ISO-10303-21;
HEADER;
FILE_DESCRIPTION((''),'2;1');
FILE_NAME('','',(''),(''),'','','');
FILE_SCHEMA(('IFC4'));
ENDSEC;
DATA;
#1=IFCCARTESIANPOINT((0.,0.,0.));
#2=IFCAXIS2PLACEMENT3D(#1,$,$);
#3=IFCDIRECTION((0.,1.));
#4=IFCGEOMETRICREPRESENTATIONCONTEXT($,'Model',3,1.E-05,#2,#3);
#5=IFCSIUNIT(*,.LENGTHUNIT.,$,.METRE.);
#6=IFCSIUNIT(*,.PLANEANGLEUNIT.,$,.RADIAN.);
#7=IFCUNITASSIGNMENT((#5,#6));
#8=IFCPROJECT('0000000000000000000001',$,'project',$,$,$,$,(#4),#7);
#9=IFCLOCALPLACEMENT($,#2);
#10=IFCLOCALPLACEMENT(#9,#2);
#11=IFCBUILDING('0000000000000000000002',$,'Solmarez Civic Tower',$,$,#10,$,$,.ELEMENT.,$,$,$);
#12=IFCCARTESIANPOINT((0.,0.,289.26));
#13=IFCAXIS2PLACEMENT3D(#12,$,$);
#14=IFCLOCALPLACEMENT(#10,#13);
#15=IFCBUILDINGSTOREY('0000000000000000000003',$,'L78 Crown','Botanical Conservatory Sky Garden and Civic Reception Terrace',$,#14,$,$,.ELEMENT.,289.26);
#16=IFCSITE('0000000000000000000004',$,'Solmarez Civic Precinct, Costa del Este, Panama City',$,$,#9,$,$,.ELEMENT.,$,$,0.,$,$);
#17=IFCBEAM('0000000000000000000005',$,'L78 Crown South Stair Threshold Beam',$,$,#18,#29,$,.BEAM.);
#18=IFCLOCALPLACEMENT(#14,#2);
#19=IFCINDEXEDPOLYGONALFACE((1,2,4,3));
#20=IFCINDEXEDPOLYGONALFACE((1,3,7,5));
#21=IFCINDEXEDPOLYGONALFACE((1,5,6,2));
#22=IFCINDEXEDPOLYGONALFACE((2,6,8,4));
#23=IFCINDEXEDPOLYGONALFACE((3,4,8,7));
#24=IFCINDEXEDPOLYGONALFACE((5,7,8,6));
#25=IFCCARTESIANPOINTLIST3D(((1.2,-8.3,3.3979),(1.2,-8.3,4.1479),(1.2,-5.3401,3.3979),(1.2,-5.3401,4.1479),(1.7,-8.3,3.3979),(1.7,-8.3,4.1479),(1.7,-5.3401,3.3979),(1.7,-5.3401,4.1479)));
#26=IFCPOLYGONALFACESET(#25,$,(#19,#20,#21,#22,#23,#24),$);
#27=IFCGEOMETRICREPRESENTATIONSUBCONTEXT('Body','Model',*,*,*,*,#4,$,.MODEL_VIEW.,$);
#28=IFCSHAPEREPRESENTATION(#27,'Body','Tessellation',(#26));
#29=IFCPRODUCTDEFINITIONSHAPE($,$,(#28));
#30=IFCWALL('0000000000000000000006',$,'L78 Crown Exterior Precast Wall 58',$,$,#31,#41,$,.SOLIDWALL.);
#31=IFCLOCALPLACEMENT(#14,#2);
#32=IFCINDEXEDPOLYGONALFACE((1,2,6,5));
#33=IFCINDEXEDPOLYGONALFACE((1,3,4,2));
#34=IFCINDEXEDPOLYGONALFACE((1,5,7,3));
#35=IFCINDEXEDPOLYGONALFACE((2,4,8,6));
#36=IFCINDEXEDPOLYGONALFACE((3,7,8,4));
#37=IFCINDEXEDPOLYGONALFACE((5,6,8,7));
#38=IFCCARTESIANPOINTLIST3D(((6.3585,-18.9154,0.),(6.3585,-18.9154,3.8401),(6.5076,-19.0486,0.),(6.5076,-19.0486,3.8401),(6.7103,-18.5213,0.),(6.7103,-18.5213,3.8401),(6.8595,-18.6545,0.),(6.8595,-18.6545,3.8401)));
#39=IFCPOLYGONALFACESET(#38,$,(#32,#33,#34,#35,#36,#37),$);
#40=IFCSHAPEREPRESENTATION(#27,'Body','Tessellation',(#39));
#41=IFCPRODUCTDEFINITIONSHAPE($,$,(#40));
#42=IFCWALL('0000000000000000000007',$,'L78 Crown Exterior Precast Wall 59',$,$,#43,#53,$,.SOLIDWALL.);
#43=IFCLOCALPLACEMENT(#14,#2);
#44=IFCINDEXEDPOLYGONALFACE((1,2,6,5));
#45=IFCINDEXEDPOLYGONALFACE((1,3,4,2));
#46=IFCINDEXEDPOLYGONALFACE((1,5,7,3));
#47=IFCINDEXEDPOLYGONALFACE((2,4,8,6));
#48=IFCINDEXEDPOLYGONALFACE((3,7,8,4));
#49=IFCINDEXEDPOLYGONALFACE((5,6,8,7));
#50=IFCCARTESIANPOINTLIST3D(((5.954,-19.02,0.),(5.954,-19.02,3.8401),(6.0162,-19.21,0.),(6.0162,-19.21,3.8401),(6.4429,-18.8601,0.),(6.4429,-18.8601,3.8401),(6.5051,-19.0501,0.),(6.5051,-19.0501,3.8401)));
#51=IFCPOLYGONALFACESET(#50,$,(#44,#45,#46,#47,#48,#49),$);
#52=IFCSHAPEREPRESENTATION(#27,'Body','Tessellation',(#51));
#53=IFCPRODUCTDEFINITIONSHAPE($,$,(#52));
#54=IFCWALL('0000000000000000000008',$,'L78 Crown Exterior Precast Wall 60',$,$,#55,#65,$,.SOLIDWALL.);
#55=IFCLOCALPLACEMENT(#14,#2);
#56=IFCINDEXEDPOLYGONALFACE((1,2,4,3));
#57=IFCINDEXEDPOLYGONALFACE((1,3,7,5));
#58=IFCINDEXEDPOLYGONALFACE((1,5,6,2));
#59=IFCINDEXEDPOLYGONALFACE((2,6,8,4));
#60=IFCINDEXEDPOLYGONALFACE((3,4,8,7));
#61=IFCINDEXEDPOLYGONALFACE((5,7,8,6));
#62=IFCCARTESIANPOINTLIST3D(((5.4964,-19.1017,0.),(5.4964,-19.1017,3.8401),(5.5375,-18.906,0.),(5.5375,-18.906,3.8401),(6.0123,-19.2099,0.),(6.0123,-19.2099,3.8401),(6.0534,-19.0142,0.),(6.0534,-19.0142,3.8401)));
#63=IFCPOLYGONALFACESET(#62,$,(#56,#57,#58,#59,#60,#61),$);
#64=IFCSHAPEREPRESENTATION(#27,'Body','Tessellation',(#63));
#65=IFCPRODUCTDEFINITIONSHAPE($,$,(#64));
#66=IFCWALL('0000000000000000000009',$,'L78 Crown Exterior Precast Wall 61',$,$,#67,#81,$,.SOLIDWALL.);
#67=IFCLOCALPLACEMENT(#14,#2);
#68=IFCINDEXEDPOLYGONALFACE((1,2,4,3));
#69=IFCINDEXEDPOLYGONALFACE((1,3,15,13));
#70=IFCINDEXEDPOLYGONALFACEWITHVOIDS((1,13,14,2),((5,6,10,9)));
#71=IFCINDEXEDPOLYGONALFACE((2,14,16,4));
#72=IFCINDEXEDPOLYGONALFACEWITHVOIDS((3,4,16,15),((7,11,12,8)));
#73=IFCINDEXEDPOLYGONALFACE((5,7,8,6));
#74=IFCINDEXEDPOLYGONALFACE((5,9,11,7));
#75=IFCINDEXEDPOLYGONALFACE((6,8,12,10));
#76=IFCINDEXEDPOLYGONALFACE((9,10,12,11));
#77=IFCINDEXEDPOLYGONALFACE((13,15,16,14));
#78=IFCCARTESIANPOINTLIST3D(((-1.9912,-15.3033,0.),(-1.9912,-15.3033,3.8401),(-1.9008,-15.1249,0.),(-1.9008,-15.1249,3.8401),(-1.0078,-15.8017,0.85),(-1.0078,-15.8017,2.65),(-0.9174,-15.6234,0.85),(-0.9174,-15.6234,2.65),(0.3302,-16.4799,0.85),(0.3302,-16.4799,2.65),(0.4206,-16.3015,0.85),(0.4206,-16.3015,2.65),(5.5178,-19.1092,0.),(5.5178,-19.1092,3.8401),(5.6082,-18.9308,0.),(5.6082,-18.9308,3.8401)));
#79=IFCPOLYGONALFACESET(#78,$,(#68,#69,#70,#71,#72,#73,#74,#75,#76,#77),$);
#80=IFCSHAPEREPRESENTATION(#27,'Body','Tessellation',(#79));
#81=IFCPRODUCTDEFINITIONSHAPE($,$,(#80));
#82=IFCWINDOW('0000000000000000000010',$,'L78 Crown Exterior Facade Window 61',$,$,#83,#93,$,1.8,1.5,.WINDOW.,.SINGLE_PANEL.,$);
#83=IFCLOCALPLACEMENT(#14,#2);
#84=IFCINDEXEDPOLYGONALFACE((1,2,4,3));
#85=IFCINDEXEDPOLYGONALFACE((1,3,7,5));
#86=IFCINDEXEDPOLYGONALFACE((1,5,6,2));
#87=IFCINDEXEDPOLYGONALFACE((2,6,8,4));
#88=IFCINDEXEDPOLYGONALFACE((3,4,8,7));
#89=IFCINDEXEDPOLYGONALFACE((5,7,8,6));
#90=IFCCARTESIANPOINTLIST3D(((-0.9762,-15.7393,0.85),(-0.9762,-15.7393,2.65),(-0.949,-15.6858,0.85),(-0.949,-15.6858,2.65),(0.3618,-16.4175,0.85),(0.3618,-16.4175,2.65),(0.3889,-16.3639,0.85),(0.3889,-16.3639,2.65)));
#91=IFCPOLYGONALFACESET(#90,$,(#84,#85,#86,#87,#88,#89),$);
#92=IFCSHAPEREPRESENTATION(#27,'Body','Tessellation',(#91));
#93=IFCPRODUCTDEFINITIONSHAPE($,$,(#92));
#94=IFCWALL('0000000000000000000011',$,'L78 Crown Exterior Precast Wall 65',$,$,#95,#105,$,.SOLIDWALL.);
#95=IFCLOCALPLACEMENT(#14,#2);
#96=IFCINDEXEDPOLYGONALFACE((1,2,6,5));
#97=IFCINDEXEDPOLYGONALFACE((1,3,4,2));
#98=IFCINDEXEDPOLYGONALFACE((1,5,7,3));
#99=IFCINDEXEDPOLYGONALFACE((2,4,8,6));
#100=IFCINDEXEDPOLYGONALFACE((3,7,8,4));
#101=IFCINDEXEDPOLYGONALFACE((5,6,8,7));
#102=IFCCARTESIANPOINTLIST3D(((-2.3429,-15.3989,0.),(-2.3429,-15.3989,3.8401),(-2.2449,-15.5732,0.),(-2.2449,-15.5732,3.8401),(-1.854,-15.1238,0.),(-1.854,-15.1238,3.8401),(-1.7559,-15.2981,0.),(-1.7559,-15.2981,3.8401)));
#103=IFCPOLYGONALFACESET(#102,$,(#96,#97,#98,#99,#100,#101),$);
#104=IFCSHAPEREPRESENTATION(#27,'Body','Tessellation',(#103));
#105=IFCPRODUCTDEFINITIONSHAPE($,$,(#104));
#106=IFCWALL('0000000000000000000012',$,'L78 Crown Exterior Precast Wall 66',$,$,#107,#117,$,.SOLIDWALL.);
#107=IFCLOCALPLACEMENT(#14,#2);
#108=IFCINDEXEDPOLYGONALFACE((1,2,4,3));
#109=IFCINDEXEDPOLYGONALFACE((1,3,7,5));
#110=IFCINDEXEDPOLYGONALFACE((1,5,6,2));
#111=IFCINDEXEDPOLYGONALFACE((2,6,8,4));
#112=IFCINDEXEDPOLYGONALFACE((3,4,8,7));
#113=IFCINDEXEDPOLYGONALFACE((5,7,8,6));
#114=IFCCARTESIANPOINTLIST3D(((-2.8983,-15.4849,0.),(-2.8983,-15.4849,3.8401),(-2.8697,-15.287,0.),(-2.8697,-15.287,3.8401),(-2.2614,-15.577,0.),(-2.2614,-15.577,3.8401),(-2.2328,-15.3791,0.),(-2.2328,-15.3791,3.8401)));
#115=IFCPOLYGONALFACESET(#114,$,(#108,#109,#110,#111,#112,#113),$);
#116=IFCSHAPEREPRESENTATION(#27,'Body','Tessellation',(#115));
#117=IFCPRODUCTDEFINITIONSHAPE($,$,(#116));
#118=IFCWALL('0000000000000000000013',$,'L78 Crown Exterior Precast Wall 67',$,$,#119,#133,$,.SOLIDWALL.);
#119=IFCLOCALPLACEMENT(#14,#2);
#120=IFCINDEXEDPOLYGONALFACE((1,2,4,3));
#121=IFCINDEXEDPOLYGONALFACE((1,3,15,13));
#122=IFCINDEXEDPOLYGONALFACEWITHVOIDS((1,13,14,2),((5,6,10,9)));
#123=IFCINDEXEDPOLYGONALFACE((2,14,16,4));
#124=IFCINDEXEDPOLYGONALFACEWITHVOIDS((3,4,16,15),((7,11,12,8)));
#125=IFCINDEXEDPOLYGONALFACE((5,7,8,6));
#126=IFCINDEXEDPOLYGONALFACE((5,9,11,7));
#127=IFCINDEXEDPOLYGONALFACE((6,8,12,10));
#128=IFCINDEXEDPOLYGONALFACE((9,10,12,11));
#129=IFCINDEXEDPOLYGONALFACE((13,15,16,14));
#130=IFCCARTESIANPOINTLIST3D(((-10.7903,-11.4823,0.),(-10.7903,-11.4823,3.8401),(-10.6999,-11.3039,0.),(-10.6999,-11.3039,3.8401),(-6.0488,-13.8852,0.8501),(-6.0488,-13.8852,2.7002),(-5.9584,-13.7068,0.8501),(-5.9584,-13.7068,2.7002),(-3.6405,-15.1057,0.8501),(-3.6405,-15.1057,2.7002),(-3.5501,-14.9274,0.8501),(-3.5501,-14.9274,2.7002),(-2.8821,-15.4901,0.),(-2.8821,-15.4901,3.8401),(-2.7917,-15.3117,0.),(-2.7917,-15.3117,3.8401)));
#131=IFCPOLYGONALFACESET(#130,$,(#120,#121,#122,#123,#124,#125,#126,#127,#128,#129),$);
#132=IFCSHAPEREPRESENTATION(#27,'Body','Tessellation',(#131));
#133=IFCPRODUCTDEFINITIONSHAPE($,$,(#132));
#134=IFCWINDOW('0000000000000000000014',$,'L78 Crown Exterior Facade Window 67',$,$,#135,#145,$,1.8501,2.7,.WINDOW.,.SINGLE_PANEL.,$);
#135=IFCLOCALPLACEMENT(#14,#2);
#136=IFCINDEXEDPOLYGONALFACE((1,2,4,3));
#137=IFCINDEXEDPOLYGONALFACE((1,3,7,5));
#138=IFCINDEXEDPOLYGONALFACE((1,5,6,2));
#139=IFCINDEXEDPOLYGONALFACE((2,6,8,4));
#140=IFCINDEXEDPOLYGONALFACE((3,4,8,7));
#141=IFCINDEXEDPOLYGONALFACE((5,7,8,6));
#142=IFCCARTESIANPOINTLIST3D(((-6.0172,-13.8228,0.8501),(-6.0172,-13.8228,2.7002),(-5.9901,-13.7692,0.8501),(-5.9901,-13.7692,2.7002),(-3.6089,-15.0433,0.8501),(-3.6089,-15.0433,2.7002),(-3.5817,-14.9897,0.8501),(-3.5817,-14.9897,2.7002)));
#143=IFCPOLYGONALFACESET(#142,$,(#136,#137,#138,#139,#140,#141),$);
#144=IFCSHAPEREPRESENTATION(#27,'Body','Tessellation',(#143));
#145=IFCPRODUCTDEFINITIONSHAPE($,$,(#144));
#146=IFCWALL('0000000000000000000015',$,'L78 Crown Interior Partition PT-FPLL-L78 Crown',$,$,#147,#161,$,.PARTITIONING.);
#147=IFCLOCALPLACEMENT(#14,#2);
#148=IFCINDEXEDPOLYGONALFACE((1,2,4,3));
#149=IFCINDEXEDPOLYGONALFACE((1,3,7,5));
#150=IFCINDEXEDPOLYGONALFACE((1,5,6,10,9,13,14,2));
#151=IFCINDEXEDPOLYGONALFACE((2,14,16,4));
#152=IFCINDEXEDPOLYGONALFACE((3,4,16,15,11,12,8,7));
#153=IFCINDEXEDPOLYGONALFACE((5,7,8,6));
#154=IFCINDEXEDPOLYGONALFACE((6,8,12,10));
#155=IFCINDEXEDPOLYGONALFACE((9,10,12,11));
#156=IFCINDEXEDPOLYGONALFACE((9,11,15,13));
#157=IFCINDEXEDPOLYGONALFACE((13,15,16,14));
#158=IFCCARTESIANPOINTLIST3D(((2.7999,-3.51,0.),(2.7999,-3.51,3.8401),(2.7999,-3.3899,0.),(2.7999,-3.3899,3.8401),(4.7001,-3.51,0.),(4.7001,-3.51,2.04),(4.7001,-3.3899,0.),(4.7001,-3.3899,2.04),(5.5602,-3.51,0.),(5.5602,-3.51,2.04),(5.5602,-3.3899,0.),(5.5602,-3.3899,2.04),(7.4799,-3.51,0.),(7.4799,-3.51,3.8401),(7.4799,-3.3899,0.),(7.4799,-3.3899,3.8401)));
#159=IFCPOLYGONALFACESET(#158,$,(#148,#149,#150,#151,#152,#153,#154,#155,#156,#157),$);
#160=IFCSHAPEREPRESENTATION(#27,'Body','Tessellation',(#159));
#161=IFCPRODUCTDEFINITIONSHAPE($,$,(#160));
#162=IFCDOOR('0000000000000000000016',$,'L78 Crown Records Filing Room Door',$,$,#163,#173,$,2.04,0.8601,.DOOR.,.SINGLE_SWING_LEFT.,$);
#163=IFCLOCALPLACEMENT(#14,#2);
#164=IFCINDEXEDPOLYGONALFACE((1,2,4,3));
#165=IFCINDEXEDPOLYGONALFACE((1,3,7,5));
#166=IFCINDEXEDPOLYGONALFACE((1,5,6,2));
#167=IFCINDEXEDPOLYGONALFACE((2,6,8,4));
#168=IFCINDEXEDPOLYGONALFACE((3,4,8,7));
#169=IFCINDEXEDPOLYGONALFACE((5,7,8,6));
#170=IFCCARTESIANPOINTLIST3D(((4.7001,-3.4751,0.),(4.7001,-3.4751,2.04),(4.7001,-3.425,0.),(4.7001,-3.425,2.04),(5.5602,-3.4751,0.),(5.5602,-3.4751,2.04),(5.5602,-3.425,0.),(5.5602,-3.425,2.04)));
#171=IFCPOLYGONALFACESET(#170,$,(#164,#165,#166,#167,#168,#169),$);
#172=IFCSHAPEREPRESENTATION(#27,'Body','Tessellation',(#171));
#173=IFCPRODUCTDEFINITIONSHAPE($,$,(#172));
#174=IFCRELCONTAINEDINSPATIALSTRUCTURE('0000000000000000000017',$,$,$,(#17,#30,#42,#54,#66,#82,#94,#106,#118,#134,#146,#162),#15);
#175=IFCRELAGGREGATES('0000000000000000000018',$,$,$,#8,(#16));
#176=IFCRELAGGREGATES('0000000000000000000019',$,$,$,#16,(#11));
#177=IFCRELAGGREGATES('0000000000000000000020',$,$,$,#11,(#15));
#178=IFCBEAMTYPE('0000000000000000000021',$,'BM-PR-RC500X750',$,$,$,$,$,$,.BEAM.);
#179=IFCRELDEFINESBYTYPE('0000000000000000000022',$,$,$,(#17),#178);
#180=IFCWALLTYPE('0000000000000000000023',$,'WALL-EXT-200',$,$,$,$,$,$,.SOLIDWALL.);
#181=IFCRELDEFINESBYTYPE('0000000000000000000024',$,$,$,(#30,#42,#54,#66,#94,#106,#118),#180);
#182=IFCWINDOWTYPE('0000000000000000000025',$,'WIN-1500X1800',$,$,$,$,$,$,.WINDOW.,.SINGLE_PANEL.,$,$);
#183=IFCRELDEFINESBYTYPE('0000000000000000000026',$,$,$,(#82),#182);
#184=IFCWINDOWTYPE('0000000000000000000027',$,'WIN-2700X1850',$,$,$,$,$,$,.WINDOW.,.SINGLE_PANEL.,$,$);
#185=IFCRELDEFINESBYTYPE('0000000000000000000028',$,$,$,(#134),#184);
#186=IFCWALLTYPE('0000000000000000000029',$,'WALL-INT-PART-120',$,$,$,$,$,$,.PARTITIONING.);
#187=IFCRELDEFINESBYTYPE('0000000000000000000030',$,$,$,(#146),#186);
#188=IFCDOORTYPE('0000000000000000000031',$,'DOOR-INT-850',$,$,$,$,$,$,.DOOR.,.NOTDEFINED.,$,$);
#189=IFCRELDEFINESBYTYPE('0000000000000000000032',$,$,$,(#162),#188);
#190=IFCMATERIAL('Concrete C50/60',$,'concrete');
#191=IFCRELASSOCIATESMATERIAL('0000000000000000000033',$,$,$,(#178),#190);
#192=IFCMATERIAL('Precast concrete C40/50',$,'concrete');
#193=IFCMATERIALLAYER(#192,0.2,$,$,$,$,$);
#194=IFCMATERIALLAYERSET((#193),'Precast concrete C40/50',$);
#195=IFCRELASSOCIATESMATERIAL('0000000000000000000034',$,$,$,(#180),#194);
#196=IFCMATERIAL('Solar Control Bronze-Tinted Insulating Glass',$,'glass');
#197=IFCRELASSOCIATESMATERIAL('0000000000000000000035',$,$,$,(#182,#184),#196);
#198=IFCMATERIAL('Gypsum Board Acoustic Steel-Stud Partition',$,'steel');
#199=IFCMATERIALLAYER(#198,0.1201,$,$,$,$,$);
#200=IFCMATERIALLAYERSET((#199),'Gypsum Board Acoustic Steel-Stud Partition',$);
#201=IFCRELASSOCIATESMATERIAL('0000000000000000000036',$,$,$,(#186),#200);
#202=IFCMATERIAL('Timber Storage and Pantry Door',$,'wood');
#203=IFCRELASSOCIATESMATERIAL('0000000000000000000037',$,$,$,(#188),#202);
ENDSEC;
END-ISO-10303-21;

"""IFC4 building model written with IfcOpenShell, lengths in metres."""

from ifc_helpers import new_model, si_unit, direction, frame, frame_2d, origin, origin_2d, place, context, subcontext, project, spatial, rectangle, extrude, material, layer, layer_set, material_profile, profile_set, type_object, element, fill, save


model = new_model("IFC4")

# Units and contexts
model_context = context("Model", 3, precision=1e-05, world=origin(), true_north=direction((0.0, 1.0)))
body_context = subcontext(model_context, "Body", "Model", "MODEL_VIEW")
ifc_project = project(units=[si_unit("LENGTHUNIT", "METRE"), si_unit("PLANEANGLEUNIT", "RADIAN")], contexts=[model_context])

# Site, building, storey
site_placement = place(None, origin())
site = spatial("IfcSite", under=ifc_project, at=site_placement, Name="Solmarez Civic Precinct, Costa del Este, Panama City", CompositionType="ELEMENT", RefElevation=0.0)
building_placement = place(site_placement, origin())
building = spatial("IfcBuilding", under=site, at=building_placement, Name="Solmarez Civic Tower", CompositionType="ELEMENT")
storey_placement = place(building_placement, frame((0.0, 0.0, 289.26)))
storey = spatial("IfcBuildingStorey", under=building, at=storey_placement, Name="L78 Crown", Description="Botanical Conservatory Sky Garden and Civic Reception Terrace", CompositionType="ELEMENT", Elevation=289.26)

# Beam
ifc_material_1 = material(Name="Concrete C50/60", Category="concrete")
ifc_material_profile = material_profile(ifc_material_1, rectangle(XDim=0.5, YDim=0.75, at=origin_2d()), Name="RC500X750")
ifc_profile_set = profile_set([ifc_material_profile], Name="Concrete C50/60")
beam_type = type_object("IfcBeamType", Name="BM-PR-RC500X750", PredefinedType="BEAM", material=ifc_profile_set)
beam_placement = place(storey_placement, frame((1.45, -8.3, 3.7729), z_axis=(0.0, 1.0, 0.0), x_axis=(-1.0, 0.0, 0.0)))
element("IfcBeam", 1, at=beam_placement, inside=storey, type_object=beam_type, Name="L78 Crown South Stair Threshold Beam", PredefinedType="BEAM", context=body_context, shape_type="SweptSolid", body=[
    extrude(rectangle(XDim=0.5, YDim=0.75, at=origin_2d()), origin(), (0.0, 0.0, 1.0), 2.96),
])

# Walls
ifc_material_2 = material(Name="Precast concrete C40/50", Category="concrete")
ifc_layer_1 = layer(ifc_material_2, 0.2)
ifc_layer_set_1 = layer_set([ifc_layer_1], Name="Precast concrete C40/50")
wall_type_1 = type_object("IfcWallType", Name="WALL-EXT-200", PredefinedType="SOLIDWALL", material=ifc_layer_set_1)
wall_1_placement = place(storey_placement, frame((6.7849, -18.5879, 0.0), z_axis=(0.0, 0.0, 1.0), x_axis=(-0.665997, -0.745954, 0.0)))
element("IfcWall", 2, at=wall_1_placement, inside=storey, type_object=wall_type_1, Name="L78 Crown Exterior Precast Wall 58", PredefinedType="SOLIDWALL", context=body_context, shape_type="SweptSolid", body=[
    extrude(rectangle(XDim=0.5283, YDim=0.2, at=frame_2d((0.2642, 0.0))), origin(), (0.0, 0.0, 1.0), 3.8401),
])
wall_2_placement = place(storey_placement, frame((6.4741, -18.9551, 0.0), z_axis=(0.0, 0.0, 1.0), x_axis=(-0.950471, -0.310813, 0.0)))
element("IfcWall", 3, at=wall_2_placement, inside=storey, type_object=wall_type_1, Name="L78 Crown Exterior Precast Wall 59", PredefinedType="SOLIDWALL", context=body_context, shape_type="SweptSolid", body=[
    extrude(rectangle(XDim=0.5144, YDim=0.2, at=frame_2d((0.2573, 0.0))), origin(), (0.0, 0.0, 1.0), 3.8401),
])
wall_3_placement = place(storey_placement, frame((6.033, -19.1121, 0.0), z_axis=(0.0, 0.0, 1.0), x_axis=(-0.978721, 0.205193, 0.0)))
element("IfcWall", 4, at=wall_3_placement, inside=storey, type_object=wall_type_1, Name="L78 Crown Exterior Precast Wall 60", PredefinedType="SOLIDWALL", context=body_context, shape_type="SweptSolid", body=[
    extrude(rectangle(XDim=0.5271, YDim=0.2, at=frame_2d((0.2637, 0.0))), origin(), (0.0, 0.0, 1.0), 3.8401),
])

# Wall, opening, window
wall_4_placement = place(storey_placement, frame((5.563, -19.02, 0.0), z_axis=(0.0, 0.0, 1.0), x_axis=(-0.891972, 0.452091, 0.0)))
wall_4 = element("IfcWall", 5, at=wall_4_placement, inside=storey, type_object=wall_type_1, Name="L78 Crown Exterior Precast Wall 61", PredefinedType="SOLIDWALL", context=body_context, shape_type="SweptSolid", body=[
    extrude(rectangle(XDim=8.4185, YDim=0.2, at=frame_2d((4.2092, 0.0))), origin(), (0.0, 0.0, 1.0), 3.8401),
])
opening_1_placement = place(wall_4_placement, frame((5.8159, 0.0, 0.8501)))
opening_1 = element("IfcOpeningElement", 6, at=opening_1_placement, cuts=wall_4, PredefinedType="OPENING", context=body_context, shape_type="SweptSolid", body=[
    extrude(rectangle(XDim=1.5, YDim=1.8, at=frame_2d((0.75, 0.8999))), frame((0.0, 0.1099, 0.0), z_axis=(0.0, -1.0, 0.0), x_axis=(1.0, 0.0, 0.0)), (0.0, 0.0, 1.0), 0.22),
])
ifc_material_3 = material(Name="Solar Control Bronze-Tinted Insulating Glass", Category="glass")
window_type_1 = type_object("IfcWindowType", Name="WIN-1500X1800", PartitioningType="SINGLE_PANEL", PredefinedType="WINDOW", material=ifc_material_3)
window_1_placement = place(opening_1_placement, origin())
window_1 = element("IfcWindow", 7, at=window_1_placement, inside=storey, type_object=window_type_1, Name="L78 Crown Exterior Facade Window 61", OverallHeight=1.8, OverallWidth=1.5, PartitioningType="SINGLE_PANEL", PredefinedType="WINDOW", context=body_context, shape_type="SweptSolid", body=[
    extrude(rectangle(XDim=1.5, YDim=1.8, at=frame_2d((0.75, 0.8999))), frame((0.0, 0.03, 0.0), z_axis=(0.0, -1.0, 0.0), x_axis=(1.0, 0.0, 0.0)), (0.0, 0.0, 1.0), 0.0601),
])
fill(opening_1, window_1)

# Walls
wall_5_placement = place(storey_placement, frame((-1.8049, -15.2109, 0.0), z_axis=(0.0, 0.0, 1.0), x_axis=(-0.871517, -0.490365, 0.0)))
element("IfcWall", 8, at=wall_5_placement, inside=storey, type_object=wall_type_1, Name="L78 Crown Exterior Precast Wall 65", PredefinedType="SOLIDWALL", context=body_context, shape_type="SweptSolid", body=[
    extrude(rectangle(XDim=0.561, YDim=0.2, at=frame_2d((0.2805, 0.0))), origin(), (0.0, 0.0, 1.0), 3.8401),
])
wall_6_placement = place(storey_placement, frame((-2.2471, -15.478, 0.0), z_axis=(0.0, 0.0, 1.0), x_axis=(-0.989721, 0.143014, 0.0)))
element("IfcWall", 9, at=wall_6_placement, inside=storey, type_object=wall_type_1, Name="L78 Crown Exterior Precast Wall 66", PredefinedType="SOLIDWALL", context=body_context, shape_type="SweptSolid", body=[
    extrude(rectangle(XDim=0.6436, YDim=0.2, at=frame_2d((0.3218, 0.0))), origin(), (0.0, 0.0, 1.0), 3.8401),
])

# Wall, opening, window
wall_7_placement = place(storey_placement, frame((-2.8369, -15.4009, 0.0), z_axis=(0.0, 0.0, 1.0), x_axis=(-0.891991, 0.452054, 0.0)))
wall_7 = element("IfcWall", 10, at=wall_7_placement, inside=storey, type_object=wall_type_1, Name="L78 Crown Exterior Precast Wall 67", PredefinedType="SOLIDWALL", context=body_context, shape_type="SweptSolid", body=[
    extrude(rectangle(XDim=8.8657, YDim=0.2, at=frame_2d((4.4329, 0.0))), origin(), (0.0, 0.0, 1.0), 3.8401),
])
opening_2_placement = place(wall_7_placement, frame((0.8501, 0.0, 0.8501)))
opening_2 = element("IfcOpeningElement", 11, at=opening_2_placement, cuts=wall_7, PredefinedType="OPENING", context=body_context, shape_type="SweptSolid", body=[
    extrude(rectangle(XDim=2.7, YDim=1.8501, at=frame_2d((1.3501, 0.925))), frame((0.0, 0.1099, 0.0), z_axis=(0.0, -1.0, 0.0), x_axis=(1.0, 0.0, 0.0)), (0.0, 0.0, 1.0), 0.22),
])
window_type_2 = type_object("IfcWindowType", Name="WIN-2700X1850", PartitioningType="SINGLE_PANEL", PredefinedType="WINDOW", material=ifc_material_3)
window_2_placement = place(opening_2_placement, origin())
window_2 = element("IfcWindow", 12, at=window_2_placement, inside=storey, type_object=window_type_2, Name="L78 Crown Exterior Facade Window 67", OverallHeight=1.8501, OverallWidth=2.7, PartitioningType="SINGLE_PANEL", PredefinedType="WINDOW", context=body_context, shape_type="SweptSolid", body=[
    extrude(rectangle(XDim=2.7, YDim=1.8501, at=frame_2d((1.3501, 0.925))), frame((0.0, 0.03, 0.0), z_axis=(0.0, -1.0, 0.0), x_axis=(1.0, 0.0, 0.0)), (0.0, 0.0, 1.0), 0.0601),
])
fill(opening_2, window_2)

# Wall, opening, door
ifc_material_4 = material(Name="Gypsum Board Acoustic Steel-Stud Partition", Category="steel")
ifc_layer_2 = layer(ifc_material_4, 0.1201)
ifc_layer_set_2 = layer_set([ifc_layer_2], Name="Gypsum Board Acoustic Steel-Stud Partition")
wall_type_2 = type_object("IfcWallType", Name="WALL-INT-PART-120", PredefinedType="PARTITIONING", material=ifc_layer_set_2)
wall_8_placement = place(storey_placement, frame((2.8, -3.45, 0.0), z_axis=(0.0, 0.0, 1.0), x_axis=(1.0, 0.0, 0.0)))
wall_8 = element("IfcWall", 13, at=wall_8_placement, inside=storey, type_object=wall_type_2, Name="L78 Crown Interior Partition PT-FPLL-L78 Crown", PredefinedType="PARTITIONING", context=body_context, shape_type="SweptSolid", body=[
    extrude(rectangle(XDim=4.6799, YDim=0.1201, at=frame_2d((2.3398, 0.0))), origin(), (0.0, 0.0, 1.0), 3.8401),
])
opening_3_placement = place(wall_8_placement, frame((1.8999, 0.0, 0.0)))
opening_3 = element("IfcOpeningElement", 14, at=opening_3_placement, cuts=wall_8, PredefinedType="OPENING", context=body_context, shape_type="SweptSolid", body=[
    extrude(rectangle(XDim=0.8601, YDim=2.04, at=frame_2d((0.4302, 1.02))), frame((0.0, 0.0701, 0.0), z_axis=(0.0, -1.0, 0.0), x_axis=(1.0, 0.0, 0.0)), (0.0, 0.0, 1.0), 0.1401),
])
ifc_material_5 = material(Name="Timber Storage and Pantry Door", Category="wood")
door_type = type_object("IfcDoorType", Name="DOOR-INT-850", OperationType="NOTDEFINED", PredefinedType="DOOR", material=ifc_material_5)
door_placement = place(opening_3_placement, origin())
door = element("IfcDoor", 15, at=door_placement, inside=storey, type_object=door_type, Name="L78 Crown Records Filing Room Door", OperationType="SINGLE_SWING_LEFT", OverallHeight=2.04, OverallWidth=0.8601, PredefinedType="DOOR", context=body_context, shape_type="SweptSolid", body=[
    extrude(rectangle(XDim=0.8601, YDim=2.04, at=frame_2d((0.4302, 1.02))), frame((0.0, 0.0249, 0.0), z_axis=(0.0, -1.0, 0.0), x_axis=(1.0, 0.0, 0.0)), (0.0, 0.0, 1.0), 0.05),
])
fill(opening_3, door)

save(model, "model.ifc")
